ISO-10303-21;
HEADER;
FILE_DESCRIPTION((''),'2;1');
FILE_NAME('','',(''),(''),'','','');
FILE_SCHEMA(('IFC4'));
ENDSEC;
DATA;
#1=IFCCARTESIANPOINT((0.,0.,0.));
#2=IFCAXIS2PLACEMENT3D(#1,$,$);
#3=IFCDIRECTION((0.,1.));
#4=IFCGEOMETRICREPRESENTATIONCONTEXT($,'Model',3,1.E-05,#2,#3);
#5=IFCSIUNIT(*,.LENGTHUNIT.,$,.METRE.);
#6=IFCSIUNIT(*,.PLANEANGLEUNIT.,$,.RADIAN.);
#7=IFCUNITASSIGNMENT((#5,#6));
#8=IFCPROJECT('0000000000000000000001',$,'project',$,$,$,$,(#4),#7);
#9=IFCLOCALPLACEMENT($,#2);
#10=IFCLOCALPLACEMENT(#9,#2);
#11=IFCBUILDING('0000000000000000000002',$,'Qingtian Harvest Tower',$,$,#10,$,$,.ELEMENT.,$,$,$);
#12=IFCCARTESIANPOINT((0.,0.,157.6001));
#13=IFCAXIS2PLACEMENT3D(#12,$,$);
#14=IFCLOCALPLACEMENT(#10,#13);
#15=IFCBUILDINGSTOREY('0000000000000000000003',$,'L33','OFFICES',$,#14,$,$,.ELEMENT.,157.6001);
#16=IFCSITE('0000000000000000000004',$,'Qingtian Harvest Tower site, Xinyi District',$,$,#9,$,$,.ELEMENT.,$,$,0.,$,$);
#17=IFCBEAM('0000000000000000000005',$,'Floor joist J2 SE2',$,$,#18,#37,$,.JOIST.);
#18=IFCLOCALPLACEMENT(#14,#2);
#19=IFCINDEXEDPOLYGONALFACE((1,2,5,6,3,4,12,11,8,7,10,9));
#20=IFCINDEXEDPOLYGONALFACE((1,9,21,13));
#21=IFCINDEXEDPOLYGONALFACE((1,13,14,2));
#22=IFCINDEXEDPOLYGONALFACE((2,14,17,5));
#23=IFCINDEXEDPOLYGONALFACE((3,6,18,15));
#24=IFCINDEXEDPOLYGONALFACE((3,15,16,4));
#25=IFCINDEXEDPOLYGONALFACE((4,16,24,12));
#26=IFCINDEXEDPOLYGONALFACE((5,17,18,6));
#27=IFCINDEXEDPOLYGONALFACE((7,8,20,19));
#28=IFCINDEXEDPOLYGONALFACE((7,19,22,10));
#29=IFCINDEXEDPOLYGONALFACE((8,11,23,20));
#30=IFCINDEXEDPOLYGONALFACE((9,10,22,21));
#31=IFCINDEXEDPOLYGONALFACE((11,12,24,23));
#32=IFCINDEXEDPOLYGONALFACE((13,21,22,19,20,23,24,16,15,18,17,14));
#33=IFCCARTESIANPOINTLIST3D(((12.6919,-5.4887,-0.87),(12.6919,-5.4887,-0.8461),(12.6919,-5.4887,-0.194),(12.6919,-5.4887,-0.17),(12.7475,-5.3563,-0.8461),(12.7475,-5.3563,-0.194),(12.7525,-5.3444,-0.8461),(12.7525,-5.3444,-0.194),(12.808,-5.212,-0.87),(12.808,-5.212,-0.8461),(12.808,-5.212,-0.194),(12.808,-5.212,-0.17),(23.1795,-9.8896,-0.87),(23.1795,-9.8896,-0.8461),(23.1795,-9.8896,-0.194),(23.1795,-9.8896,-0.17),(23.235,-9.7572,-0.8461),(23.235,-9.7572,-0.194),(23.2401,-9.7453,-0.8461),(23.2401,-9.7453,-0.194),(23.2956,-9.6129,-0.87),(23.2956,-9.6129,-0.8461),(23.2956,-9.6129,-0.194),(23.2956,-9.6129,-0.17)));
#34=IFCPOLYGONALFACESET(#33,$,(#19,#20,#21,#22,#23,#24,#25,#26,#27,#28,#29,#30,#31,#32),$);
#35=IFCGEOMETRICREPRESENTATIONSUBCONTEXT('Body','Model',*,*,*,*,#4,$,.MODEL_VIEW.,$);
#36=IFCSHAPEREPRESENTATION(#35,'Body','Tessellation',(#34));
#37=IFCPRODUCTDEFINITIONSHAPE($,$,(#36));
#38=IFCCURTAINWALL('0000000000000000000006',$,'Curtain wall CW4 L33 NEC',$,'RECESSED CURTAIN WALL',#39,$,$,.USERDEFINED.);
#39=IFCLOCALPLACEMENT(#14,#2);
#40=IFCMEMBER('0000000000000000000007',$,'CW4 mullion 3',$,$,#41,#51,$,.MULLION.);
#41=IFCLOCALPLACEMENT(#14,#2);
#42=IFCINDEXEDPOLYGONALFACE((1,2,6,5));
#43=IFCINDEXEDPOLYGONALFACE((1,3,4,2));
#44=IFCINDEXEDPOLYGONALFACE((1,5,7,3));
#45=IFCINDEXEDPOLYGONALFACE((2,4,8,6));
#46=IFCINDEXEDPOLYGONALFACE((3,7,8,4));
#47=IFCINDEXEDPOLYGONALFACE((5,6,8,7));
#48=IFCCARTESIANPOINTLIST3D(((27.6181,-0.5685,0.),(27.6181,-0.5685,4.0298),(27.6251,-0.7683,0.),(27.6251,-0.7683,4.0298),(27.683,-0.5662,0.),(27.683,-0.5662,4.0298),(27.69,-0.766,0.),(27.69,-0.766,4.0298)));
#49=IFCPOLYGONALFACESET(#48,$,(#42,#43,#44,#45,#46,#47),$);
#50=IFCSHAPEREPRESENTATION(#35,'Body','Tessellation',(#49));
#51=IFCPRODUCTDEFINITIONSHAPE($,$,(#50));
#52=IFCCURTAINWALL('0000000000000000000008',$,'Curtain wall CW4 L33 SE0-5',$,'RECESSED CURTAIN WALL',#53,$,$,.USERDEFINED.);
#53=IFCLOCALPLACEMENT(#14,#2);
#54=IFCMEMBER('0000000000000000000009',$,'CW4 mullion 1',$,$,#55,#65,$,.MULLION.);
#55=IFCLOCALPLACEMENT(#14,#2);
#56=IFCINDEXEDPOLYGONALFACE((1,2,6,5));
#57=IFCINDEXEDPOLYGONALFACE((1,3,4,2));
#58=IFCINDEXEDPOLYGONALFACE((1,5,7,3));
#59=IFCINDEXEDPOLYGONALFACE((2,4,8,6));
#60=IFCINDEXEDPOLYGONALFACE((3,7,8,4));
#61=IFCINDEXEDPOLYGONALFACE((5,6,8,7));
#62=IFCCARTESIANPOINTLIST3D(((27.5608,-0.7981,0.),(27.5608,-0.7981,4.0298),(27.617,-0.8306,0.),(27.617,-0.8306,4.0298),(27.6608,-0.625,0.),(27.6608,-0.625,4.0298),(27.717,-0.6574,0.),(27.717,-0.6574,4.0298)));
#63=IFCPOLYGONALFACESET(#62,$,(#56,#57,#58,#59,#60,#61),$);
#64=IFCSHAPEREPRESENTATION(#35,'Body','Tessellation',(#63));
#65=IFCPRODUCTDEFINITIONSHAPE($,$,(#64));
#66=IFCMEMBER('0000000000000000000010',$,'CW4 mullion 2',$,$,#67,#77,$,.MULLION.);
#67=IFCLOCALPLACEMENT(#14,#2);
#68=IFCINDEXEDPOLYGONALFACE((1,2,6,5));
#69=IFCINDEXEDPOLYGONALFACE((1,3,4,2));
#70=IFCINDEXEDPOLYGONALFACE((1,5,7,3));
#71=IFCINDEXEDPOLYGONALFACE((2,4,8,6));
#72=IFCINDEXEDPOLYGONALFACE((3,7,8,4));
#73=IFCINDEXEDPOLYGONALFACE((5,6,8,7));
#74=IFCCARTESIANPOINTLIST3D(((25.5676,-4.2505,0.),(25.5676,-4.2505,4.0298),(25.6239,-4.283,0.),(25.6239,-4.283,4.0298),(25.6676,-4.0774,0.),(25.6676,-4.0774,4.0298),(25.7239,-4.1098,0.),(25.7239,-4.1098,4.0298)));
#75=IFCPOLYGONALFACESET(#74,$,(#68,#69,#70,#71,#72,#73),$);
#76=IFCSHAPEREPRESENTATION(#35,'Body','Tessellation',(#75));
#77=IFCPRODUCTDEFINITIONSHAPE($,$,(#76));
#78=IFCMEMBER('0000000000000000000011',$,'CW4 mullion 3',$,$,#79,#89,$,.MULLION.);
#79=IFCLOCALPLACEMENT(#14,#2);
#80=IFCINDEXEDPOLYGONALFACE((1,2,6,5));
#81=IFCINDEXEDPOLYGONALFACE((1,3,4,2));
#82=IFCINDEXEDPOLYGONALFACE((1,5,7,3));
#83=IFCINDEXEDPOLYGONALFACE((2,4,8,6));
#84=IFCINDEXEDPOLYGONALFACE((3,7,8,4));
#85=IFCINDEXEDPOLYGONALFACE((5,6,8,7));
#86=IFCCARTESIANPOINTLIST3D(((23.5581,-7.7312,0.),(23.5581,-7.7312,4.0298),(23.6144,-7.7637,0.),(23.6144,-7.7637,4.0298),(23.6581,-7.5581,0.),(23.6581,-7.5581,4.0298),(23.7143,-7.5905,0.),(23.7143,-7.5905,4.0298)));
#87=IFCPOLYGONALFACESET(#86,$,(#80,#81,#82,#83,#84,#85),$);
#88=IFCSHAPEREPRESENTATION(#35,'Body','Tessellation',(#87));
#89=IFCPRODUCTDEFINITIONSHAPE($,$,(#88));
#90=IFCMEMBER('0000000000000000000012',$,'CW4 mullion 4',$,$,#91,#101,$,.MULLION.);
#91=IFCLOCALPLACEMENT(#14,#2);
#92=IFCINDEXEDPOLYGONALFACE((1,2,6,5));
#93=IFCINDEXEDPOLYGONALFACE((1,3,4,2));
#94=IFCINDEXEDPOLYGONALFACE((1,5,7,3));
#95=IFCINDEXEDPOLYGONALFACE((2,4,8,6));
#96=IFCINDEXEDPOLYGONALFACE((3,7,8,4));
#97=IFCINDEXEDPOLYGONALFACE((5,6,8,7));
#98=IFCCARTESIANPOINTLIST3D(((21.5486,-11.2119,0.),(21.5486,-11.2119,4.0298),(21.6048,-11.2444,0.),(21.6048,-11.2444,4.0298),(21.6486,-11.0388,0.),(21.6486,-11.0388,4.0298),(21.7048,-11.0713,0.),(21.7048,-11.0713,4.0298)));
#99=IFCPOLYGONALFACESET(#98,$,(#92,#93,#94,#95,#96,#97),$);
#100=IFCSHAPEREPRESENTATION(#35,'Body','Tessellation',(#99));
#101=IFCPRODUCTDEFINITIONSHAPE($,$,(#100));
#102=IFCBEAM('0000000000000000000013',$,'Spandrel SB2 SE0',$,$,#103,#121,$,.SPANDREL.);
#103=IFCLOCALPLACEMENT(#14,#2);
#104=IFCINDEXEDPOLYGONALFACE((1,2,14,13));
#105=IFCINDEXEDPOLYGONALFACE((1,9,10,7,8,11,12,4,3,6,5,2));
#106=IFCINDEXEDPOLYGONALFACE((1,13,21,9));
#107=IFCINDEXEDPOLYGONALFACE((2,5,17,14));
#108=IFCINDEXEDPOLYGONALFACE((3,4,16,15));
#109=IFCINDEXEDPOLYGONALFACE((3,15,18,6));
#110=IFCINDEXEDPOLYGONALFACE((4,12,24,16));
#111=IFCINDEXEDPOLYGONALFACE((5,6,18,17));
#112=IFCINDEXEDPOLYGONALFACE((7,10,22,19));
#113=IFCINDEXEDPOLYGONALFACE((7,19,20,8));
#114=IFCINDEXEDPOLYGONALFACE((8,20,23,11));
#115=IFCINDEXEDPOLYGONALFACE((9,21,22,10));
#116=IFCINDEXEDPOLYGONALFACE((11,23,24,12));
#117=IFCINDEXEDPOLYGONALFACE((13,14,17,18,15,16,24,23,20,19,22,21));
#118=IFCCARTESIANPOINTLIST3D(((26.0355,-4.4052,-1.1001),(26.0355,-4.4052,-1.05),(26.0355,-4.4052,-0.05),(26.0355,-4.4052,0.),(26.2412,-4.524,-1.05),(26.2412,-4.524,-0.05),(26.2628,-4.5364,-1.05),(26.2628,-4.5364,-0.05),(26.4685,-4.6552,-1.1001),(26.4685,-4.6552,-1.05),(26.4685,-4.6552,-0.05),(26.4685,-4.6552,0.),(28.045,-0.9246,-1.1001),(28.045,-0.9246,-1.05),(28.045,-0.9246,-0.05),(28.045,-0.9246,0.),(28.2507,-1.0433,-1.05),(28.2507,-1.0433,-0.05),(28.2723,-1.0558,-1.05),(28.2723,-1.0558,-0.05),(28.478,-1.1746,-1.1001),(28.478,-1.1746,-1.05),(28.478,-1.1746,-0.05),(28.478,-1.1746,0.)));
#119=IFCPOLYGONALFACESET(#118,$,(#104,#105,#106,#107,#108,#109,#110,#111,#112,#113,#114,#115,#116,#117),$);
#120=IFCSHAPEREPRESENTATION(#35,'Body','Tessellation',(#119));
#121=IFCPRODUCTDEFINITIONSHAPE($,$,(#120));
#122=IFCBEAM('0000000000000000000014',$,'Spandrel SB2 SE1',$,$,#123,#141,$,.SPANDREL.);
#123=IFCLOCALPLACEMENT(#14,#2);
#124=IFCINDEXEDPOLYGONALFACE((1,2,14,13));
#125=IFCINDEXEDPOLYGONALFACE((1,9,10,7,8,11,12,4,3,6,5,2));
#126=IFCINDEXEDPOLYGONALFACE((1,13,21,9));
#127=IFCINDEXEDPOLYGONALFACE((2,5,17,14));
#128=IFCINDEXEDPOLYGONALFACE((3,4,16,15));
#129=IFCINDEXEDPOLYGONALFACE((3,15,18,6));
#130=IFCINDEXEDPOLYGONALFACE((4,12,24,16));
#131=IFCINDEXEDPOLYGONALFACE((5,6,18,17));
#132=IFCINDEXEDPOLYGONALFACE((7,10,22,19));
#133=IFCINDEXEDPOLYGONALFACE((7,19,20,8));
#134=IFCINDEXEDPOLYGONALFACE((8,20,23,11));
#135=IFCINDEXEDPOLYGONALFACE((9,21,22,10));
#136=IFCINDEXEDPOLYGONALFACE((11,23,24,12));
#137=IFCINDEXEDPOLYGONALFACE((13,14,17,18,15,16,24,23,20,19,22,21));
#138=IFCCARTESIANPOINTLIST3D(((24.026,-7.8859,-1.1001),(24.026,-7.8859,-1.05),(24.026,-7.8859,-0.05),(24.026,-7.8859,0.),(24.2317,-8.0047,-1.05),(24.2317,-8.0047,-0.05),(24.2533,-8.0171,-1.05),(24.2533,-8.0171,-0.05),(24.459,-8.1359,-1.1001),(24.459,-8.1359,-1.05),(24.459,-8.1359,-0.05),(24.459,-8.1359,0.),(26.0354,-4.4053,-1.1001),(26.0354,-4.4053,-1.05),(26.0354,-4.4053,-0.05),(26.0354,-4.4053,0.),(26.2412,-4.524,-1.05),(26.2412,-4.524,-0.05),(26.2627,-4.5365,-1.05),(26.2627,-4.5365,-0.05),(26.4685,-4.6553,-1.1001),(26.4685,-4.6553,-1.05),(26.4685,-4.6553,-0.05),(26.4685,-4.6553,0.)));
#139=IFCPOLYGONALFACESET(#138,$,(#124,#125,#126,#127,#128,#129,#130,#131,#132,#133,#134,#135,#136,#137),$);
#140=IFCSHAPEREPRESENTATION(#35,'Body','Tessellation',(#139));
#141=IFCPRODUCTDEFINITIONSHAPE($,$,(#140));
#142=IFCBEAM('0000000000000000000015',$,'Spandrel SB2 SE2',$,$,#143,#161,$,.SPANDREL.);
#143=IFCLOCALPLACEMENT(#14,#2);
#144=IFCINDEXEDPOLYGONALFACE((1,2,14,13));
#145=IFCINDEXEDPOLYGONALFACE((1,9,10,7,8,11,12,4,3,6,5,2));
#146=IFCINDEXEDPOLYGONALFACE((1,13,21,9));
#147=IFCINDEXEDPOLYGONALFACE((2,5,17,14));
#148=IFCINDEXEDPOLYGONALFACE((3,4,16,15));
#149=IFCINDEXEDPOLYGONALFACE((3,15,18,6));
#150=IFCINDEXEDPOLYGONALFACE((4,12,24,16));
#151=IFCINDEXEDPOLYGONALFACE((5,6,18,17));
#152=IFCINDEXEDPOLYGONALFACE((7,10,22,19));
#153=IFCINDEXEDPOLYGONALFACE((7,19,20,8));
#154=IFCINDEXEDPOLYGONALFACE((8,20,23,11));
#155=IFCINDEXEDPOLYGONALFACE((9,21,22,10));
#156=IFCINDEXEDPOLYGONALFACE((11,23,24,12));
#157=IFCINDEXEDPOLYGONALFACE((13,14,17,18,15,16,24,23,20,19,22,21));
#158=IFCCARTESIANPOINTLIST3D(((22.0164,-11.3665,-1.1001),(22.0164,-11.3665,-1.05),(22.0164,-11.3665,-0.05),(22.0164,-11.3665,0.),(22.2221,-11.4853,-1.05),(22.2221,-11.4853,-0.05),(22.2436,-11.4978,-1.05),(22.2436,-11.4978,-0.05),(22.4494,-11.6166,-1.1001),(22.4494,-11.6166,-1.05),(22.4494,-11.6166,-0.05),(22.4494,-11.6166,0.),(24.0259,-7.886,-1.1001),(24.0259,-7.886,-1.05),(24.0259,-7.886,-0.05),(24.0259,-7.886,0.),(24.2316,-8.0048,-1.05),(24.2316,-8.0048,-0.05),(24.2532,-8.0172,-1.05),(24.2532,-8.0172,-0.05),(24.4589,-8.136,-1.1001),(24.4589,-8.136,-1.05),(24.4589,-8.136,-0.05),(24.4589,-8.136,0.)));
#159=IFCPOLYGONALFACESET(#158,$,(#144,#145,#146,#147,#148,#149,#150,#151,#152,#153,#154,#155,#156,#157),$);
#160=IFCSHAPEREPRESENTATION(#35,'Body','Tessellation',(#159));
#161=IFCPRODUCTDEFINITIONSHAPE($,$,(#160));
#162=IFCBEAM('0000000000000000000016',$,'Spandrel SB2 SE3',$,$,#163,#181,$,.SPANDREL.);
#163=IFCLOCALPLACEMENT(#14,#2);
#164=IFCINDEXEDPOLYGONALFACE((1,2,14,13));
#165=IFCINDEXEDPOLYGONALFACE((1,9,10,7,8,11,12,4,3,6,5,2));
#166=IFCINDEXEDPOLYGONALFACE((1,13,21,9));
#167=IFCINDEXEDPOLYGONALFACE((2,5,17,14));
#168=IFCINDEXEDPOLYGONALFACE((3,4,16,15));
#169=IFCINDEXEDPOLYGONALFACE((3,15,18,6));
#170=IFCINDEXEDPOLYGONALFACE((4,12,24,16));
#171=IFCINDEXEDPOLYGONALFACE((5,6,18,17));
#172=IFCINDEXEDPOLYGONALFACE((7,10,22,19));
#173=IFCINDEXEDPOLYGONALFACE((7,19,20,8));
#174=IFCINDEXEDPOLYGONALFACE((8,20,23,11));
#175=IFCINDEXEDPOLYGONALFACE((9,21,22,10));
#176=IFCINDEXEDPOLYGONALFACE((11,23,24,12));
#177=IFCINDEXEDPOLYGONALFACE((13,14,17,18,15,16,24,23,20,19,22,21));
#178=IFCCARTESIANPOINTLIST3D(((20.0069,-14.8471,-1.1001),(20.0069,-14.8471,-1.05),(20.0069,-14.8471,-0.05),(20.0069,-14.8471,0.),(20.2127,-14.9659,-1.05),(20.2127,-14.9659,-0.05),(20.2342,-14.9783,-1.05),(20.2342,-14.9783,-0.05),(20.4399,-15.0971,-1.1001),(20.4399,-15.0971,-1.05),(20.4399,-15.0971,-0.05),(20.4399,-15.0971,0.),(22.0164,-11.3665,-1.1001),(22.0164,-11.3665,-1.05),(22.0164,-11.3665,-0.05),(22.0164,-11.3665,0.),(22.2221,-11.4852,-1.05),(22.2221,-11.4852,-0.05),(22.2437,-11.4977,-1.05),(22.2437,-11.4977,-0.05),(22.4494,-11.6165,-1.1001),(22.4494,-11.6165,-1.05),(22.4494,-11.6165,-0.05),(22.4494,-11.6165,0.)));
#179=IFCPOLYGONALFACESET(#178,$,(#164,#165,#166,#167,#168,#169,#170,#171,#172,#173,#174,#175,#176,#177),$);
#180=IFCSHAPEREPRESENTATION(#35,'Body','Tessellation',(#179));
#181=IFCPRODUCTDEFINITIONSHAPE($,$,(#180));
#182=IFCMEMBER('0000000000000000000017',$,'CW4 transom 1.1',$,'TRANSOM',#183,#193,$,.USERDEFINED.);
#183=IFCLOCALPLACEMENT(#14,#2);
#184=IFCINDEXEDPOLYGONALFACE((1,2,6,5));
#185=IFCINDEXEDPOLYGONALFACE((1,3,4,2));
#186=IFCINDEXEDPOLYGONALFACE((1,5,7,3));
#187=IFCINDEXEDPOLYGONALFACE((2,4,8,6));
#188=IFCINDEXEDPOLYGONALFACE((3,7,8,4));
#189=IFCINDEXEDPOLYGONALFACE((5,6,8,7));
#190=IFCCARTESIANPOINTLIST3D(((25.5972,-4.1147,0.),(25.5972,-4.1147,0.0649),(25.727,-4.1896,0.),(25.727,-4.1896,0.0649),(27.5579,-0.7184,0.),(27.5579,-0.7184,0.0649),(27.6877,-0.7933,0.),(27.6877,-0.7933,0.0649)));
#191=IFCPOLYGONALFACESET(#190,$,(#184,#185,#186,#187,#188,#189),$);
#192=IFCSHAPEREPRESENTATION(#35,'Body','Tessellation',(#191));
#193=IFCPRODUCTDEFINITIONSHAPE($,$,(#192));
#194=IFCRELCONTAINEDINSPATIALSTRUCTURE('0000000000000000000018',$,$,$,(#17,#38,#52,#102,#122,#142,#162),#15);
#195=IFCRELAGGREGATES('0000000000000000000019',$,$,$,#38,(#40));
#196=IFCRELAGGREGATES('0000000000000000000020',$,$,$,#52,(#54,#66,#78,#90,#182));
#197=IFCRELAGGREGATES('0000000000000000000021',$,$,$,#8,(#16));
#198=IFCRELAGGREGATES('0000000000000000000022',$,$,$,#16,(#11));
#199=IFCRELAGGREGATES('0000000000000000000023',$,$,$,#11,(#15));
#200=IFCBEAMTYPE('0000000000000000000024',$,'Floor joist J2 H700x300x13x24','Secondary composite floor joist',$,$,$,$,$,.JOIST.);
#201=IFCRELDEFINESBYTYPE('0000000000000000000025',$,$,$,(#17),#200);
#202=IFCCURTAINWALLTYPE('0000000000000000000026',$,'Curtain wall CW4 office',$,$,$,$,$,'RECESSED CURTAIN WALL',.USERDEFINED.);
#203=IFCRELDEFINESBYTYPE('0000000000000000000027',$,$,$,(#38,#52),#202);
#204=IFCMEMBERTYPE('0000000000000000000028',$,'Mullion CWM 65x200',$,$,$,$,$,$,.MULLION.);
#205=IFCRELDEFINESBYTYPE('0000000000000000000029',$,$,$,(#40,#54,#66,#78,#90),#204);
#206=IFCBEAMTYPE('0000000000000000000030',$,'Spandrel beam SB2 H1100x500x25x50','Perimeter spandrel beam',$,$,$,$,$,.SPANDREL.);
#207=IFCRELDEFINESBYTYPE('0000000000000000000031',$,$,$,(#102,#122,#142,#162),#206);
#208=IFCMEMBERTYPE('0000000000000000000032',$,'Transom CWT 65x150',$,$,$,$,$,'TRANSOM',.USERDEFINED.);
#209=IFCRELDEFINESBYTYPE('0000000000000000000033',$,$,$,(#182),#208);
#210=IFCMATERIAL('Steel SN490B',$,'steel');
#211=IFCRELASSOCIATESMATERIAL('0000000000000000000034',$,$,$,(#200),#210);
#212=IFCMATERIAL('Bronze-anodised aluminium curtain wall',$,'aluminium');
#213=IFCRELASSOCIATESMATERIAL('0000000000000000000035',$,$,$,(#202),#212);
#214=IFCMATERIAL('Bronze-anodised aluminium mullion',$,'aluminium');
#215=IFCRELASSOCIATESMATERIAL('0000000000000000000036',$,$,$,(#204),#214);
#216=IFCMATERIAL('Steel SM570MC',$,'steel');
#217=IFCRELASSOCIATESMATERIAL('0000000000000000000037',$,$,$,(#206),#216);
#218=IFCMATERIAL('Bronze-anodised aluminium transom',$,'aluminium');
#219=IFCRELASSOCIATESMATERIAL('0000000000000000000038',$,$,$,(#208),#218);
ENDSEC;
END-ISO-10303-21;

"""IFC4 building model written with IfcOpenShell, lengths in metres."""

from ifc_helpers import new_model, si_unit, direction, frame, origin, origin_2d, place, context, subcontext, project, spatial, rectangle, i_section, extrude, material, material_profile, profile_set, type_object, element, aggregate, save


model = new_model("IFC4")

# Units and contexts
model_context = context("Model", 3, precision=1e-05, world=origin(), true_north=direction((0.0, 1.0)))
body_context = subcontext(model_context, "Body", "Model", "MODEL_VIEW")
ifc_project = project(units=[si_unit("LENGTHUNIT", "METRE"), si_unit("PLANEANGLEUNIT", "RADIAN")], contexts=[model_context])

# Site, building, storey
site_placement = place(None, origin())
site = spatial("IfcSite", under=ifc_project, at=site_placement, Name="Qingtian Harvest Tower site, Xinyi District", CompositionType="ELEMENT", RefElevation=0.0)
building_placement = place(site_placement, origin())
building = spatial("IfcBuilding", under=site, at=building_placement, Name="Qingtian Harvest Tower", CompositionType="ELEMENT")
storey_placement = place(building_placement, frame((0.0, 0.0, 157.6001)))
storey = spatial("IfcBuildingStorey", under=building, at=storey_placement, Name="L33", Description="OFFICES", CompositionType="ELEMENT", Elevation=157.6001)

# Beam
ifc_material_1 = material(Name="Steel SN490B", Category="steel")
ifc_material_profile_1 = material_profile(ifc_material_1, i_section(OverallWidth=0.3, OverallDepth=0.7, WebThickness=0.0129, FlangeThickness=0.0239, at=origin_2d()), Name="H700x300x13x24")
ifc_profile_set_1 = profile_set([ifc_material_profile_1], Name="Steel SN490B")
beam_type_1 = type_object("IfcBeamType", Name="Floor joist J2 H700x300x13x24", Description="Secondary composite floor joist", PredefinedType="JOIST", material=ifc_profile_set_1)
beam_1_placement = place(storey_placement, frame((23.2375, -9.7512, -0.52), z_axis=(-0.922104, 0.386942, 0.0), x_axis=(-0.386942, -0.922104, 0.0)))
element("IfcBeam", 1, at=beam_1_placement, inside=storey, type_object=beam_type_1, Name="Floor joist J2 SE2", PredefinedType="JOIST", context=body_context, shape_type="SweptSolid", body=[
    extrude(i_section(OverallWidth=0.3, OverallDepth=0.7, WebThickness=0.0129, FlangeThickness=0.0239, at=origin_2d()), origin(), (0.0, 0.0, 1.0), 11.3735),
])

# Curtain wall, member
ifc_material_2 = material(Name="Bronze-anodised aluminium curtain wall", Category="aluminium")
curtain_wall_type = type_object("IfcCurtainWallType", Name="Curtain wall CW4 office", ElementType="RECESSED CURTAIN WALL", PredefinedType="USERDEFINED", material=ifc_material_2)
curtain_wall_1_placement = place(storey_placement, origin())
curtain_wall_1 = element("IfcCurtainWall", 2, at=curtain_wall_1_placement, inside=storey, type_object=curtain_wall_type, Name="Curtain wall CW4 L33 NEC", ObjectType="RECESSED CURTAIN WALL", PredefinedType="USERDEFINED")
ifc_material_3 = material(Name="Bronze-anodised aluminium mullion", Category="aluminium")
ifc_material_profile_2 = material_profile(ifc_material_3, rectangle(XDim=0.0649, YDim=0.2, at=origin_2d()), Name="AL 65x200")
ifc_profile_set_2 = profile_set([ifc_material_profile_2], Name="Bronze-anodised aluminium mullion")
member_type_1 = type_object("IfcMemberType", Name="Mullion CWM 65x200", PredefinedType="MULLION", material=ifc_profile_set_2)
member_1_placement = place(storey_placement, frame((27.6541, -0.6672, 0.0), z_axis=(0.0, 0.0, 1.0), x_axis=(0.999391, 0.034899, 0.0)))
member_1 = element("IfcMember", 3, at=member_1_placement, type_object=member_type_1, Name="CW4 mullion 3", PredefinedType="MULLION", context=body_context, shape_type="SweptSolid", body=[
    extrude(rectangle(XDim=0.0649, YDim=0.2, at=origin_2d()), origin(), (0.0, 0.0, 1.0), 4.0298),
])
aggregate(curtain_wall_1, [member_1])

# Curtain wall, members
curtain_wall_2_placement = place(storey_placement, origin())
curtain_wall_2 = element("IfcCurtainWall", 4, at=curtain_wall_2_placement, inside=storey, type_object=curtain_wall_type, Name="Curtain wall CW4 L33 SE0-5", ObjectType="RECESSED CURTAIN WALL", PredefinedType="USERDEFINED")
member_2_placement = place(storey_placement, frame((27.6389, -0.7278, 0.0), z_axis=(0.0, 0.0, 1.0), x_axis=(0.866025, -0.5, 0.0)))
member_2 = element("IfcMember", 5, at=member_2_placement, type_object=member_type_1, Name="CW4 mullion 1", PredefinedType="MULLION", context=body_context, shape_type="SweptSolid", body=[
    extrude(rectangle(XDim=0.0649, YDim=0.2, at=origin_2d()), origin(), (0.0, 0.0, 1.0), 4.0298),
])
member_3_placement = place(storey_placement, frame((25.6458, -4.1802, 0.0), z_axis=(0.0, 0.0, 1.0), x_axis=(0.866025, -0.5, 0.0)))
member_3 = element("IfcMember", 6, at=member_3_placement, type_object=member_type_1, Name="CW4 mullion 2", PredefinedType="MULLION", context=body_context, shape_type="SweptSolid", body=[
    extrude(rectangle(XDim=0.0649, YDim=0.2, at=origin_2d()), origin(), (0.0, 0.0, 1.0), 4.0298),
])
member_4_placement = place(storey_placement, frame((23.6362, -7.6609, 0.0), z_axis=(0.0, 0.0, 1.0), x_axis=(0.866025, -0.5, 0.0)))
member_4 = element("IfcMember", 7, at=member_4_placement, type_object=member_type_1, Name="CW4 mullion 3", PredefinedType="MULLION", context=body_context, shape_type="SweptSolid", body=[
    extrude(rectangle(XDim=0.0649, YDim=0.2, at=origin_2d()), origin(), (0.0, 0.0, 1.0), 4.0298),
])
member_5_placement = place(storey_placement, frame((21.6267, -11.1416, 0.0), z_axis=(0.0, 0.0, 1.0), x_axis=(0.866025, -0.5, 0.0)))
member_5 = element("IfcMember", 8, at=member_5_placement, type_object=member_type_1, Name="CW4 mullion 4", PredefinedType="MULLION", context=body_context, shape_type="SweptSolid", body=[
    extrude(rectangle(XDim=0.0649, YDim=0.2, at=origin_2d()), origin(), (0.0, 0.0, 1.0), 4.0298),
])

# Beams
ifc_material_4 = material(Name="Steel SM570MC", Category="steel")
ifc_material_profile_3 = material_profile(ifc_material_4, i_section(OverallWidth=0.5, OverallDepth=1.1001, WebThickness=0.0249, FlangeThickness=0.05, at=origin_2d()), Name="H1100x500x25x50")
ifc_profile_set_3 = profile_set([ifc_material_profile_3], Name="Steel SM570MC")
beam_type_2 = type_object("IfcBeamType", Name="Spandrel beam SB2 H1100x500x25x50", Description="Perimeter spandrel beam", PredefinedType="SPANDREL", material=ifc_profile_set_3)
for number, where, z_axis, x_axis, name in (
    (9, (28.2615, -1.0496, -0.55), (-0.499987, -0.866033, 0.0), (0.866033, -0.499987, 0.0), "Spandrel SB2 SE0"),
    (10, (26.252, -4.5303, -0.55), (-0.499987, -0.866033, 0.0), (0.866033, -0.499987, 0.0), "Spandrel SB2 SE1"),
    (11, (24.2424, -8.011, -0.55), (-0.500013, -0.866018, 0.0), (0.866018, -0.500013, 0.0), "Spandrel SB2 SE2"),
    (12, (22.2329, -11.4915, -0.55), (-0.499987, -0.866033, 0.0), (0.866033, -0.499987, 0.0), "Spandrel SB2 SE3"),
):
    element("IfcBeam", number, at=place(storey_placement, frame(where, z_axis=z_axis, x_axis=x_axis)), inside=storey, type_object=beam_type_2, Name=name, PredefinedType="SPANDREL", context=body_context, shape_type="SweptSolid", body=[
        extrude(i_section(OverallWidth=0.5, OverallDepth=1.1001, WebThickness=0.0249, FlangeThickness=0.05, at=origin_2d()), origin(), (0.0, 0.0, 1.0), 4.019),
    ])

# Member
ifc_material_5 = material(Name="Bronze-anodised aluminium transom", Category="aluminium")
ifc_material_profile_4 = material_profile(ifc_material_5, rectangle(XDim=0.1499, YDim=0.0649, at=origin_2d()), Name="AL 65x150")
ifc_profile_set_4 = profile_set([ifc_material_profile_4], Name="Bronze-anodised aluminium transom")
member_type_2 = type_object("IfcMemberType", Name="Transom CWT 65x150", ElementType="TRANSOM", PredefinedType="USERDEFINED", material=ifc_profile_set_4)
member_6_placement = place(storey_placement, frame((27.6228, -0.7559, 0.0325), z_axis=(-0.499976, -0.866039, 0.0), x_axis=(0.866039, -0.499976, 0.0)))
member_6 = element("IfcMember", 13, at=member_6_placement, type_object=member_type_2, Name="CW4 transom 1.1", ObjectType="TRANSOM", PredefinedType="USERDEFINED", context=body_context, shape_type="SweptSolid", body=[
    extrude(rectangle(XDim=0.1499, YDim=0.0649, at=origin_2d()), origin(), (0.0, 0.0, 1.0), 3.9216),
])

aggregate(curtain_wall_2, [member_2, member_3, member_4, member_5, member_6])

save(model, "model.ifc")
